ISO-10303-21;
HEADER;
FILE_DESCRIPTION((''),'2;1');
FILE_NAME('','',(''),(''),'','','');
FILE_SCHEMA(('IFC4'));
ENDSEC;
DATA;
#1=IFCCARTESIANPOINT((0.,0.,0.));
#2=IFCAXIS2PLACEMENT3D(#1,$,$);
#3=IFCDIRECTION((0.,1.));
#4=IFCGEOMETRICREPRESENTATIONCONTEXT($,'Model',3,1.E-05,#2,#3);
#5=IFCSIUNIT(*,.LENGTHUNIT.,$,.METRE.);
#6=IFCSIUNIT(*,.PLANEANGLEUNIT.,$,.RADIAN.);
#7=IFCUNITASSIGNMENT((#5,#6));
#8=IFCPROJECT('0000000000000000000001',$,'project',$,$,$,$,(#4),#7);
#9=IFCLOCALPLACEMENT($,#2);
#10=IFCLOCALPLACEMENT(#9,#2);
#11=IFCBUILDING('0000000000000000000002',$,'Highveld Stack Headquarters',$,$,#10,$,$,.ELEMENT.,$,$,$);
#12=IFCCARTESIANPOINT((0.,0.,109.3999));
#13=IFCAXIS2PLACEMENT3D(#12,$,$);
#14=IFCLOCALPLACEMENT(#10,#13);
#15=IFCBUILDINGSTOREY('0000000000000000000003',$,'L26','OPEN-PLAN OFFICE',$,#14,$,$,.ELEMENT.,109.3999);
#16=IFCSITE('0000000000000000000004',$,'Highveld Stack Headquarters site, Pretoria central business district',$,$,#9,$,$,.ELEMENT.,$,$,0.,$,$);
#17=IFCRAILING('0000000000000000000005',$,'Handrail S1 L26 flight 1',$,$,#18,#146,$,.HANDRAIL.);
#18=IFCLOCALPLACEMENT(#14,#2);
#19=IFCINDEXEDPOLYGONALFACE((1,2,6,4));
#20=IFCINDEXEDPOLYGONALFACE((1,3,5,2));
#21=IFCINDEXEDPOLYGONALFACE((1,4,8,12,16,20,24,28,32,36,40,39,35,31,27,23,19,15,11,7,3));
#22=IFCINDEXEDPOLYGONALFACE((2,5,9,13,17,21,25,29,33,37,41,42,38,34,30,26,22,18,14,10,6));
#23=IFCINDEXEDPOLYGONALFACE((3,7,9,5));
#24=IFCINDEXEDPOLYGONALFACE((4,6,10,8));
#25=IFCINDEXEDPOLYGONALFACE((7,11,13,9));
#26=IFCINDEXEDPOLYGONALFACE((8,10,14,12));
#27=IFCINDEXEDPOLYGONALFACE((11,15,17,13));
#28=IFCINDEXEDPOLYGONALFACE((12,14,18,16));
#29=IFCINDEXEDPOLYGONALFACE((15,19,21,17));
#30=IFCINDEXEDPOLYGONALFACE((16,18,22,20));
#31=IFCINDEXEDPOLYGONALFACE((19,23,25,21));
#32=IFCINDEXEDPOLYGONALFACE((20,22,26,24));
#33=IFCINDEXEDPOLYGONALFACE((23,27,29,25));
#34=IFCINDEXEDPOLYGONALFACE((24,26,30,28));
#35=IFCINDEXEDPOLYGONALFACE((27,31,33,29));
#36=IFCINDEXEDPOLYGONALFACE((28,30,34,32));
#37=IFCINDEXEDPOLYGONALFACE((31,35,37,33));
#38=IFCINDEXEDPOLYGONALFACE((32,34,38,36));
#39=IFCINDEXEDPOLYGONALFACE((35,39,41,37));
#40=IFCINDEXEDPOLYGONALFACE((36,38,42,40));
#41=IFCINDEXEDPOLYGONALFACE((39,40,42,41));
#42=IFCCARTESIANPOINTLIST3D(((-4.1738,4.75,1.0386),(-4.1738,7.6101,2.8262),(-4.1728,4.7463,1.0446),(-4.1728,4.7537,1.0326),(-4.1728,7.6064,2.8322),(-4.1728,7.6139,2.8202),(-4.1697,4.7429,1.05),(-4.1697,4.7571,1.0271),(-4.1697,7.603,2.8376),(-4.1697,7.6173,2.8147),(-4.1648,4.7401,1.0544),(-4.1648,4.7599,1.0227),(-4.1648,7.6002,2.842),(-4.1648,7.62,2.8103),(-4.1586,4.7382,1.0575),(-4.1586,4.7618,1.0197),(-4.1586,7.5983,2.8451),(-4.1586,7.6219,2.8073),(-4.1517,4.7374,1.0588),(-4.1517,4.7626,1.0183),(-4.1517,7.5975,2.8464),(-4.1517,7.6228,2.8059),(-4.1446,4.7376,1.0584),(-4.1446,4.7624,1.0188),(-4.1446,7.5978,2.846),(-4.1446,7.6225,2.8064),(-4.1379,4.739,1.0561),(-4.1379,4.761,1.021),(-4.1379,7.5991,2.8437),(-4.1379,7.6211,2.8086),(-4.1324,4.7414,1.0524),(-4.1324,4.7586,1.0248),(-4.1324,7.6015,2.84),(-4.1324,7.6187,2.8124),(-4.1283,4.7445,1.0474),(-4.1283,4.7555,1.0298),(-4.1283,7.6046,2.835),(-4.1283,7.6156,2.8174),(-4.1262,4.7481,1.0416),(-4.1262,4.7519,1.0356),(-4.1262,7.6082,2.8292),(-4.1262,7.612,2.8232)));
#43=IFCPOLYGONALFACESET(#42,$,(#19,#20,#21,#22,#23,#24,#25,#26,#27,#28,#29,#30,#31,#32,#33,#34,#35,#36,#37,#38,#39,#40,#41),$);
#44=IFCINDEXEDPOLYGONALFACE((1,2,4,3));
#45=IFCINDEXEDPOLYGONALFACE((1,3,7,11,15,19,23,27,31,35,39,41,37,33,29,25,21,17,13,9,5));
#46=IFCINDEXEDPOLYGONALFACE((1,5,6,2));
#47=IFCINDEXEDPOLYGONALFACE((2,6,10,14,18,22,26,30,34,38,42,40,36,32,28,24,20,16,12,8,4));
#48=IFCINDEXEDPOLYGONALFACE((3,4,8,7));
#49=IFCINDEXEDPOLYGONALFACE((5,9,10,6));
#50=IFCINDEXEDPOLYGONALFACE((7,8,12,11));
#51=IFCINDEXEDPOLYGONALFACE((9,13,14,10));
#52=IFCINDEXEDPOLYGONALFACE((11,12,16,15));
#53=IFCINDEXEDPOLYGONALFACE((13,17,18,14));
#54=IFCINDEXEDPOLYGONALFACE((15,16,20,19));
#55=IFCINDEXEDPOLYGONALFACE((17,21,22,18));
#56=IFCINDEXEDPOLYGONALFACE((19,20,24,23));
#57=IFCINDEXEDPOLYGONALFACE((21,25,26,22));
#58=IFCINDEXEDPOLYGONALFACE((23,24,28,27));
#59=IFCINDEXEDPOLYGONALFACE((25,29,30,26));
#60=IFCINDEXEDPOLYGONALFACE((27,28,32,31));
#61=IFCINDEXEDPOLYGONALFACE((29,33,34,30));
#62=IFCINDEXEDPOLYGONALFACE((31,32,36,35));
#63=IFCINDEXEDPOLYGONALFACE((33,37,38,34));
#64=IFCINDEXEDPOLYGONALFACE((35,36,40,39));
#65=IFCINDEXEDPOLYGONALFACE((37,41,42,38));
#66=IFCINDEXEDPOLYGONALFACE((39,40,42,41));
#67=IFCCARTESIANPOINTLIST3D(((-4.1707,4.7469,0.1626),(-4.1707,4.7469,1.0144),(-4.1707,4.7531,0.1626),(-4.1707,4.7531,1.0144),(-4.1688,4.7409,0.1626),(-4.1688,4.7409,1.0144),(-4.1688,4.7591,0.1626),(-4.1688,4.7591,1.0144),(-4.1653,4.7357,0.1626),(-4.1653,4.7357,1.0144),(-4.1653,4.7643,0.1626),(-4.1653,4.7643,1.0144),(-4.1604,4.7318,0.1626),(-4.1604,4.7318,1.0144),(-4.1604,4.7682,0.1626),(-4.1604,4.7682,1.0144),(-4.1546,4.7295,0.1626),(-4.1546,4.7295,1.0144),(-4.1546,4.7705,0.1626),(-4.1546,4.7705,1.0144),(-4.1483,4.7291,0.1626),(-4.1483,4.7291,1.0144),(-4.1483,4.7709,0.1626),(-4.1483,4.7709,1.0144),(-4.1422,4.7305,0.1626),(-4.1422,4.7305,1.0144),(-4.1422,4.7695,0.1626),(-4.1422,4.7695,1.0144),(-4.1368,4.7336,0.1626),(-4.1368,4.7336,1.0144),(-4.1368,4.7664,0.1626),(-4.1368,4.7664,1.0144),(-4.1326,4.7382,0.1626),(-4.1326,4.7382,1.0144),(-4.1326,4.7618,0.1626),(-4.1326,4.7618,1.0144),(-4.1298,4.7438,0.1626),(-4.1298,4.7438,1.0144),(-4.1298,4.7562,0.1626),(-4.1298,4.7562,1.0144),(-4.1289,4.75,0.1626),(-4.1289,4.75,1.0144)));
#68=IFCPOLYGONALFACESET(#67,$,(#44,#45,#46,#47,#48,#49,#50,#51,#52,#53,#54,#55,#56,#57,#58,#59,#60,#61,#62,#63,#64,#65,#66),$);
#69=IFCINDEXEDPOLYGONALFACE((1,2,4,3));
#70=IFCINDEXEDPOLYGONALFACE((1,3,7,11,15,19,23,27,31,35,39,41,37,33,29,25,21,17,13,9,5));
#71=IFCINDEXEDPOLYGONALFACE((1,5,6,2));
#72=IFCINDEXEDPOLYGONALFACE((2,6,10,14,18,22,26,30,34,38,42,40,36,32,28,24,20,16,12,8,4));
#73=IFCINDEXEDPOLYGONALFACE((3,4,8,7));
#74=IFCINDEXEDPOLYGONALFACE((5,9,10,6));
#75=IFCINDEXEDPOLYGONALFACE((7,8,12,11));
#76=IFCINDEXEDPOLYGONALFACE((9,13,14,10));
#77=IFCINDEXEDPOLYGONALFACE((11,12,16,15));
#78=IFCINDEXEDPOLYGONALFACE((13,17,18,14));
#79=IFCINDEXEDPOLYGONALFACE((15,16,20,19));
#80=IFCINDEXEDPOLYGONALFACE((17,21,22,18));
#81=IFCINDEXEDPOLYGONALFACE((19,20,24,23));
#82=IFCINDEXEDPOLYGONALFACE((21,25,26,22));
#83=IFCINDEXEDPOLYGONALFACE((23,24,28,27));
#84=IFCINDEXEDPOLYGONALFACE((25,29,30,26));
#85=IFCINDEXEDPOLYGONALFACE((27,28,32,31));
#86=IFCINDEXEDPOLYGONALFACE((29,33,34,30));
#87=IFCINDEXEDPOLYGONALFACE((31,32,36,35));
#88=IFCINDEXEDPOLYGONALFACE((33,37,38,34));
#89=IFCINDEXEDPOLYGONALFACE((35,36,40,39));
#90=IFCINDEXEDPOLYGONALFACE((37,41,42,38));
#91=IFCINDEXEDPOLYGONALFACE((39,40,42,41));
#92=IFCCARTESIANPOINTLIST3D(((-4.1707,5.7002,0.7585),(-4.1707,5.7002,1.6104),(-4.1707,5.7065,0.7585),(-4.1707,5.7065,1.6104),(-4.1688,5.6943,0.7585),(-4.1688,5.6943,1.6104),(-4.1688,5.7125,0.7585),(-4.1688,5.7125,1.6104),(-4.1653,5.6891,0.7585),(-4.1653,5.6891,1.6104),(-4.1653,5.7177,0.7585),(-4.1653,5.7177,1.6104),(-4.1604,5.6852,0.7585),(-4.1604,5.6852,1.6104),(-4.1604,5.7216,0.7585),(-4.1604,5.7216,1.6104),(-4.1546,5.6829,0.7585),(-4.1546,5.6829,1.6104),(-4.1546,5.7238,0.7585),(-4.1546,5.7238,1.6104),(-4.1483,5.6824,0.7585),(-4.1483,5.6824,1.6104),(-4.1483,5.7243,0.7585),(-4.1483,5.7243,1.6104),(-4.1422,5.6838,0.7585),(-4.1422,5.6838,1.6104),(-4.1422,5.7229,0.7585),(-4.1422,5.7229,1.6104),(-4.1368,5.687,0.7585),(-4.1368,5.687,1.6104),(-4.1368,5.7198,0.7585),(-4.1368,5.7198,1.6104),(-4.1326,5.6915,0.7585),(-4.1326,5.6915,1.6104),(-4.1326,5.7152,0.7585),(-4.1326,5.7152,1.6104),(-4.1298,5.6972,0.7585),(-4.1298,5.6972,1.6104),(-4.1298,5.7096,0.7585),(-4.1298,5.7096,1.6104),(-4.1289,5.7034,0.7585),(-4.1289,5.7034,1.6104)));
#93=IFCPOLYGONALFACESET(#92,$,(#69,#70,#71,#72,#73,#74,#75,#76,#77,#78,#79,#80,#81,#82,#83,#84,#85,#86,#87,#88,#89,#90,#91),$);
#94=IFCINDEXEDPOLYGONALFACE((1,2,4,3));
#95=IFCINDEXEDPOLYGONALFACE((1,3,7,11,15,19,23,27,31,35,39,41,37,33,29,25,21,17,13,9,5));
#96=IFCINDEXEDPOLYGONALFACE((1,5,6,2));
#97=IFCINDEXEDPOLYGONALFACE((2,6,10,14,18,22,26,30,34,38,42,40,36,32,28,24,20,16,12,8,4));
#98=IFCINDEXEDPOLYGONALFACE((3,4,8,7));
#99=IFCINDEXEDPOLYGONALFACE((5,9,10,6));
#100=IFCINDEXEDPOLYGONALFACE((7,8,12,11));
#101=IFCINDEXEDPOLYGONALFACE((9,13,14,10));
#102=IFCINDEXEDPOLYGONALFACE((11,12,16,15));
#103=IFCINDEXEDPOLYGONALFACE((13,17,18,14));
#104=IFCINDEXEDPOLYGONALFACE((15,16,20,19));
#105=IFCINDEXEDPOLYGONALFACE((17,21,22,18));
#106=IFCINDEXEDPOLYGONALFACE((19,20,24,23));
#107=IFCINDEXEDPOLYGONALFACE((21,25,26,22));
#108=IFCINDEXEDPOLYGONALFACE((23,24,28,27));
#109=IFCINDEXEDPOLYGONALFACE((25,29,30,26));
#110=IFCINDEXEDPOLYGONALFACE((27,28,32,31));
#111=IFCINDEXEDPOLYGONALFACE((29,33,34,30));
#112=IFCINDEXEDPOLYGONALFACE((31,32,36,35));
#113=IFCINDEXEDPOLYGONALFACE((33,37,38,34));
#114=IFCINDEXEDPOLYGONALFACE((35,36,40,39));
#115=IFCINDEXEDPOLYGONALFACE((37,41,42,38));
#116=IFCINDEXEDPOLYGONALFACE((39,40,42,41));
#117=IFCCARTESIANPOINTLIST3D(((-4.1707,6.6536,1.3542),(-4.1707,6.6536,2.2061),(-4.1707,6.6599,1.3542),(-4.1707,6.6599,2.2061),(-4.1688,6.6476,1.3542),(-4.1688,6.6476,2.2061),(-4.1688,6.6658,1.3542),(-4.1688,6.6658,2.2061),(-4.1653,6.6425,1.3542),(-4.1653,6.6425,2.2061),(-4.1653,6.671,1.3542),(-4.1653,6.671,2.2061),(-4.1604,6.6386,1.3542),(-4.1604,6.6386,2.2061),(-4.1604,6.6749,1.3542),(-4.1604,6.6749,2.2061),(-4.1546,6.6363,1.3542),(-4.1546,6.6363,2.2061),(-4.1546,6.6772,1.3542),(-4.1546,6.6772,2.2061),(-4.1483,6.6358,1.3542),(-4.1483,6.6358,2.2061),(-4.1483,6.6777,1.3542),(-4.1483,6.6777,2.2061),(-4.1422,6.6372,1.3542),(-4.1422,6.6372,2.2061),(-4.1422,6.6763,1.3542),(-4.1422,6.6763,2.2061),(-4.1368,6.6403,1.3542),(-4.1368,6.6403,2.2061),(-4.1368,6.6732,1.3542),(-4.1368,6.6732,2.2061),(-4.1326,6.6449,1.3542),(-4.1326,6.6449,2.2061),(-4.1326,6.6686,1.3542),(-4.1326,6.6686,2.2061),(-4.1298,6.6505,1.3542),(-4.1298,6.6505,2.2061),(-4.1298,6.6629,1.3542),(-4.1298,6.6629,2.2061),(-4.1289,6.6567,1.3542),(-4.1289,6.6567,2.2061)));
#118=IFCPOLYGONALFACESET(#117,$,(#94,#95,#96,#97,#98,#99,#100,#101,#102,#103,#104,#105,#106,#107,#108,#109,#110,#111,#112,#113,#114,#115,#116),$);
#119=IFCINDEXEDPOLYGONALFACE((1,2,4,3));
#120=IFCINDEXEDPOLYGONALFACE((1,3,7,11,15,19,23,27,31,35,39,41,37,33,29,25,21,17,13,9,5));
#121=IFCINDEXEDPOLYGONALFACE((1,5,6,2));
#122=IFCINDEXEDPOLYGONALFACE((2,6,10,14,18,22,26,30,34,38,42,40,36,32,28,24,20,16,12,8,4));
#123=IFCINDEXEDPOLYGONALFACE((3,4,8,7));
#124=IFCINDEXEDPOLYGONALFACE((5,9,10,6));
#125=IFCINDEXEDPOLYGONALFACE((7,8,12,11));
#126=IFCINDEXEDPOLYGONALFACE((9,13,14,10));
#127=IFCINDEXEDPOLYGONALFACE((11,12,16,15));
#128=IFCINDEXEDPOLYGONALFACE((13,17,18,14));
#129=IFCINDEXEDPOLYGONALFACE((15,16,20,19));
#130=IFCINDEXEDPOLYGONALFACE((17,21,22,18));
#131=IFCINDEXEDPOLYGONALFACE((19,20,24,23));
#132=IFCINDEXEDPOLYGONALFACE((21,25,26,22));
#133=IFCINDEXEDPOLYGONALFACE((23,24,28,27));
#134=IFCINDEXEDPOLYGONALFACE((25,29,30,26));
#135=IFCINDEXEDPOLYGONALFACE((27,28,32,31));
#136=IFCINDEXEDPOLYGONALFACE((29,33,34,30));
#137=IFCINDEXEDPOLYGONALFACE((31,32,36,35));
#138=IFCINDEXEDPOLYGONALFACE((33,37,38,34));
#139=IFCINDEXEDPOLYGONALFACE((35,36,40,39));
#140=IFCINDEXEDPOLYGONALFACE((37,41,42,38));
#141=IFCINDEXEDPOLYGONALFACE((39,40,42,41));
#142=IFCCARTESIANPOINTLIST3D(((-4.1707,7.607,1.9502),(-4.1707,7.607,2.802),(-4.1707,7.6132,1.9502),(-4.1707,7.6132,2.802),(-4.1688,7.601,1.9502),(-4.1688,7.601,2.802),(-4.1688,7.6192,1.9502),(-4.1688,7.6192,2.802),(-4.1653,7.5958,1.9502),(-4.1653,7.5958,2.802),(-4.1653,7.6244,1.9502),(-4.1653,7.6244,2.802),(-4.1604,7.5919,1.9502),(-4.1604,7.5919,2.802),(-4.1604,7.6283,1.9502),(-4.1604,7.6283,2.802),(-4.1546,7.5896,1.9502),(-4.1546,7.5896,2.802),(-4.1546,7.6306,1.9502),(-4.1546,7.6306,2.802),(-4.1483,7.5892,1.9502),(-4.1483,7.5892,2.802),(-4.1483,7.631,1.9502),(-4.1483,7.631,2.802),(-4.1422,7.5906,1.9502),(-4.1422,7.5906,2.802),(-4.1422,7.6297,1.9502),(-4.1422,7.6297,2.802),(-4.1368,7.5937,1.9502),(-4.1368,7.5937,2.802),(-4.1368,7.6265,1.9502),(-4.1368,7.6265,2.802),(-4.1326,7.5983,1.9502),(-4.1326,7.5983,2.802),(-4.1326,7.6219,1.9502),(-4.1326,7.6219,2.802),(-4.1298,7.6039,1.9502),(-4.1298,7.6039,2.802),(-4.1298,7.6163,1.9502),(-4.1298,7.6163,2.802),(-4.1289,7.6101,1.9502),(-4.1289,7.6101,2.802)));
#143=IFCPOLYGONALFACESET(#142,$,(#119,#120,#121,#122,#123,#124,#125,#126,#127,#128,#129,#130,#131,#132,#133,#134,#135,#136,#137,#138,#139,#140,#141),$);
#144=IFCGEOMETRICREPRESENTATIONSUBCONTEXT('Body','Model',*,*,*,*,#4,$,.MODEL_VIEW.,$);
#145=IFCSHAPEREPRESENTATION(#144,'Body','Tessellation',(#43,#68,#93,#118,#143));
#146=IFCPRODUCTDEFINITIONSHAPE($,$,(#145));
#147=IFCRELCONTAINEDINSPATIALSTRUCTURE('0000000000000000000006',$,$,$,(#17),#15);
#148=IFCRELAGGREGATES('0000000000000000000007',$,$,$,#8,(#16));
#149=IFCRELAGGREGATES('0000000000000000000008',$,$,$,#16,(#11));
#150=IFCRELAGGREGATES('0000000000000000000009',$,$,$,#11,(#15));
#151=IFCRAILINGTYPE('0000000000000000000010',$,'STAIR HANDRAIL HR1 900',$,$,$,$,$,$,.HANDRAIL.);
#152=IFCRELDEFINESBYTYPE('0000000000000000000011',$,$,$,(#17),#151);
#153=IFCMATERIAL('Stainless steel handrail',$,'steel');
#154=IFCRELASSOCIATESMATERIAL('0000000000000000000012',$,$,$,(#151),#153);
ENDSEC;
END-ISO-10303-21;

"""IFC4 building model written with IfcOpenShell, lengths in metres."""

from ifc_helpers import new_model, si_unit, direction, frame, origin, origin_2d, place, context, subcontext, project, spatial, circle, extrude, material, type_object, element, save


model = new_model("IFC4")

# Units and contexts
model_context = context("Model", 3, precision=1e-05, world=origin(), true_north=direction((0.0, 1.0)))
body_context = subcontext(model_context, "Body", "Model", "MODEL_VIEW")
ifc_project = project(units=[si_unit("LENGTHUNIT", "METRE"), si_unit("PLANEANGLEUNIT", "RADIAN")], contexts=[model_context])

# Site, building, storey
site_placement = place(None, origin())
site = spatial("IfcSite", under=ifc_project, at=site_placement, Name="Highveld Stack Headquarters site, Pretoria central business district", CompositionType="ELEMENT", RefElevation=0.0)
building_placement = place(site_placement, origin())
building = spatial("IfcBuilding", under=site, at=building_placement, Name="Highveld Stack Headquarters", CompositionType="ELEMENT")
storey_placement = place(building_placement, frame((0.0, 0.0, 109.3999)))
storey = spatial("IfcBuildingStorey", under=building, at=storey_placement, Name="L26", Description="OPEN-PLAN OFFICE", CompositionType="ELEMENT", Elevation=109.3999)

# Railing
ifc_material_1 = material(Name="Stainless steel handrail", Category="steel")
railing_type = type_object("IfcRailingType", Name="STAIR HANDRAIL HR1 900", PredefinedType="HANDRAIL", material=ifc_material_1)
for number, where, name in (
    (1, (-4.1499, 4.75, 0.1626), "Handrail S1 L26 flight 1"),
):
    element("IfcRailing", number, at=place(storey_placement, frame(where)), inside=storey, type_object=railing_type, Name=name, PredefinedType="HANDRAIL", context=body_context, shape_type="SweptSolid", body=[
        extrude(circle(Radius=0.0239, at=origin_2d()), frame((0.0, 0.0, 0.876), z_axis=(0.0, 0.847994, 0.530005), x_axis=(-1.0, 0.0, 0.0)), (0.0, 0.0, 1.0), 3.3728),
        extrude(circle(Radius=0.021, at=origin_2d()), origin(), (0.0, 0.0, 1.0), 0.8518),
        extrude(circle(Radius=0.021, at=origin_2d()), frame((0.0, 0.9534, 0.5959)), (0.0, 0.0, 1.0), 0.8518),
        extrude(circle(Radius=0.021, at=origin_2d()), frame((0.0, 1.9067, 1.1917)), (0.0, 0.0, 1.0), 0.8518),
        extrude(circle(Radius=0.021, at=origin_2d()), frame((0.0, 2.8601, 1.7876)), (0.0, 0.0, 1.0), 0.8518),
    ])

save(model, "model.ifc")
